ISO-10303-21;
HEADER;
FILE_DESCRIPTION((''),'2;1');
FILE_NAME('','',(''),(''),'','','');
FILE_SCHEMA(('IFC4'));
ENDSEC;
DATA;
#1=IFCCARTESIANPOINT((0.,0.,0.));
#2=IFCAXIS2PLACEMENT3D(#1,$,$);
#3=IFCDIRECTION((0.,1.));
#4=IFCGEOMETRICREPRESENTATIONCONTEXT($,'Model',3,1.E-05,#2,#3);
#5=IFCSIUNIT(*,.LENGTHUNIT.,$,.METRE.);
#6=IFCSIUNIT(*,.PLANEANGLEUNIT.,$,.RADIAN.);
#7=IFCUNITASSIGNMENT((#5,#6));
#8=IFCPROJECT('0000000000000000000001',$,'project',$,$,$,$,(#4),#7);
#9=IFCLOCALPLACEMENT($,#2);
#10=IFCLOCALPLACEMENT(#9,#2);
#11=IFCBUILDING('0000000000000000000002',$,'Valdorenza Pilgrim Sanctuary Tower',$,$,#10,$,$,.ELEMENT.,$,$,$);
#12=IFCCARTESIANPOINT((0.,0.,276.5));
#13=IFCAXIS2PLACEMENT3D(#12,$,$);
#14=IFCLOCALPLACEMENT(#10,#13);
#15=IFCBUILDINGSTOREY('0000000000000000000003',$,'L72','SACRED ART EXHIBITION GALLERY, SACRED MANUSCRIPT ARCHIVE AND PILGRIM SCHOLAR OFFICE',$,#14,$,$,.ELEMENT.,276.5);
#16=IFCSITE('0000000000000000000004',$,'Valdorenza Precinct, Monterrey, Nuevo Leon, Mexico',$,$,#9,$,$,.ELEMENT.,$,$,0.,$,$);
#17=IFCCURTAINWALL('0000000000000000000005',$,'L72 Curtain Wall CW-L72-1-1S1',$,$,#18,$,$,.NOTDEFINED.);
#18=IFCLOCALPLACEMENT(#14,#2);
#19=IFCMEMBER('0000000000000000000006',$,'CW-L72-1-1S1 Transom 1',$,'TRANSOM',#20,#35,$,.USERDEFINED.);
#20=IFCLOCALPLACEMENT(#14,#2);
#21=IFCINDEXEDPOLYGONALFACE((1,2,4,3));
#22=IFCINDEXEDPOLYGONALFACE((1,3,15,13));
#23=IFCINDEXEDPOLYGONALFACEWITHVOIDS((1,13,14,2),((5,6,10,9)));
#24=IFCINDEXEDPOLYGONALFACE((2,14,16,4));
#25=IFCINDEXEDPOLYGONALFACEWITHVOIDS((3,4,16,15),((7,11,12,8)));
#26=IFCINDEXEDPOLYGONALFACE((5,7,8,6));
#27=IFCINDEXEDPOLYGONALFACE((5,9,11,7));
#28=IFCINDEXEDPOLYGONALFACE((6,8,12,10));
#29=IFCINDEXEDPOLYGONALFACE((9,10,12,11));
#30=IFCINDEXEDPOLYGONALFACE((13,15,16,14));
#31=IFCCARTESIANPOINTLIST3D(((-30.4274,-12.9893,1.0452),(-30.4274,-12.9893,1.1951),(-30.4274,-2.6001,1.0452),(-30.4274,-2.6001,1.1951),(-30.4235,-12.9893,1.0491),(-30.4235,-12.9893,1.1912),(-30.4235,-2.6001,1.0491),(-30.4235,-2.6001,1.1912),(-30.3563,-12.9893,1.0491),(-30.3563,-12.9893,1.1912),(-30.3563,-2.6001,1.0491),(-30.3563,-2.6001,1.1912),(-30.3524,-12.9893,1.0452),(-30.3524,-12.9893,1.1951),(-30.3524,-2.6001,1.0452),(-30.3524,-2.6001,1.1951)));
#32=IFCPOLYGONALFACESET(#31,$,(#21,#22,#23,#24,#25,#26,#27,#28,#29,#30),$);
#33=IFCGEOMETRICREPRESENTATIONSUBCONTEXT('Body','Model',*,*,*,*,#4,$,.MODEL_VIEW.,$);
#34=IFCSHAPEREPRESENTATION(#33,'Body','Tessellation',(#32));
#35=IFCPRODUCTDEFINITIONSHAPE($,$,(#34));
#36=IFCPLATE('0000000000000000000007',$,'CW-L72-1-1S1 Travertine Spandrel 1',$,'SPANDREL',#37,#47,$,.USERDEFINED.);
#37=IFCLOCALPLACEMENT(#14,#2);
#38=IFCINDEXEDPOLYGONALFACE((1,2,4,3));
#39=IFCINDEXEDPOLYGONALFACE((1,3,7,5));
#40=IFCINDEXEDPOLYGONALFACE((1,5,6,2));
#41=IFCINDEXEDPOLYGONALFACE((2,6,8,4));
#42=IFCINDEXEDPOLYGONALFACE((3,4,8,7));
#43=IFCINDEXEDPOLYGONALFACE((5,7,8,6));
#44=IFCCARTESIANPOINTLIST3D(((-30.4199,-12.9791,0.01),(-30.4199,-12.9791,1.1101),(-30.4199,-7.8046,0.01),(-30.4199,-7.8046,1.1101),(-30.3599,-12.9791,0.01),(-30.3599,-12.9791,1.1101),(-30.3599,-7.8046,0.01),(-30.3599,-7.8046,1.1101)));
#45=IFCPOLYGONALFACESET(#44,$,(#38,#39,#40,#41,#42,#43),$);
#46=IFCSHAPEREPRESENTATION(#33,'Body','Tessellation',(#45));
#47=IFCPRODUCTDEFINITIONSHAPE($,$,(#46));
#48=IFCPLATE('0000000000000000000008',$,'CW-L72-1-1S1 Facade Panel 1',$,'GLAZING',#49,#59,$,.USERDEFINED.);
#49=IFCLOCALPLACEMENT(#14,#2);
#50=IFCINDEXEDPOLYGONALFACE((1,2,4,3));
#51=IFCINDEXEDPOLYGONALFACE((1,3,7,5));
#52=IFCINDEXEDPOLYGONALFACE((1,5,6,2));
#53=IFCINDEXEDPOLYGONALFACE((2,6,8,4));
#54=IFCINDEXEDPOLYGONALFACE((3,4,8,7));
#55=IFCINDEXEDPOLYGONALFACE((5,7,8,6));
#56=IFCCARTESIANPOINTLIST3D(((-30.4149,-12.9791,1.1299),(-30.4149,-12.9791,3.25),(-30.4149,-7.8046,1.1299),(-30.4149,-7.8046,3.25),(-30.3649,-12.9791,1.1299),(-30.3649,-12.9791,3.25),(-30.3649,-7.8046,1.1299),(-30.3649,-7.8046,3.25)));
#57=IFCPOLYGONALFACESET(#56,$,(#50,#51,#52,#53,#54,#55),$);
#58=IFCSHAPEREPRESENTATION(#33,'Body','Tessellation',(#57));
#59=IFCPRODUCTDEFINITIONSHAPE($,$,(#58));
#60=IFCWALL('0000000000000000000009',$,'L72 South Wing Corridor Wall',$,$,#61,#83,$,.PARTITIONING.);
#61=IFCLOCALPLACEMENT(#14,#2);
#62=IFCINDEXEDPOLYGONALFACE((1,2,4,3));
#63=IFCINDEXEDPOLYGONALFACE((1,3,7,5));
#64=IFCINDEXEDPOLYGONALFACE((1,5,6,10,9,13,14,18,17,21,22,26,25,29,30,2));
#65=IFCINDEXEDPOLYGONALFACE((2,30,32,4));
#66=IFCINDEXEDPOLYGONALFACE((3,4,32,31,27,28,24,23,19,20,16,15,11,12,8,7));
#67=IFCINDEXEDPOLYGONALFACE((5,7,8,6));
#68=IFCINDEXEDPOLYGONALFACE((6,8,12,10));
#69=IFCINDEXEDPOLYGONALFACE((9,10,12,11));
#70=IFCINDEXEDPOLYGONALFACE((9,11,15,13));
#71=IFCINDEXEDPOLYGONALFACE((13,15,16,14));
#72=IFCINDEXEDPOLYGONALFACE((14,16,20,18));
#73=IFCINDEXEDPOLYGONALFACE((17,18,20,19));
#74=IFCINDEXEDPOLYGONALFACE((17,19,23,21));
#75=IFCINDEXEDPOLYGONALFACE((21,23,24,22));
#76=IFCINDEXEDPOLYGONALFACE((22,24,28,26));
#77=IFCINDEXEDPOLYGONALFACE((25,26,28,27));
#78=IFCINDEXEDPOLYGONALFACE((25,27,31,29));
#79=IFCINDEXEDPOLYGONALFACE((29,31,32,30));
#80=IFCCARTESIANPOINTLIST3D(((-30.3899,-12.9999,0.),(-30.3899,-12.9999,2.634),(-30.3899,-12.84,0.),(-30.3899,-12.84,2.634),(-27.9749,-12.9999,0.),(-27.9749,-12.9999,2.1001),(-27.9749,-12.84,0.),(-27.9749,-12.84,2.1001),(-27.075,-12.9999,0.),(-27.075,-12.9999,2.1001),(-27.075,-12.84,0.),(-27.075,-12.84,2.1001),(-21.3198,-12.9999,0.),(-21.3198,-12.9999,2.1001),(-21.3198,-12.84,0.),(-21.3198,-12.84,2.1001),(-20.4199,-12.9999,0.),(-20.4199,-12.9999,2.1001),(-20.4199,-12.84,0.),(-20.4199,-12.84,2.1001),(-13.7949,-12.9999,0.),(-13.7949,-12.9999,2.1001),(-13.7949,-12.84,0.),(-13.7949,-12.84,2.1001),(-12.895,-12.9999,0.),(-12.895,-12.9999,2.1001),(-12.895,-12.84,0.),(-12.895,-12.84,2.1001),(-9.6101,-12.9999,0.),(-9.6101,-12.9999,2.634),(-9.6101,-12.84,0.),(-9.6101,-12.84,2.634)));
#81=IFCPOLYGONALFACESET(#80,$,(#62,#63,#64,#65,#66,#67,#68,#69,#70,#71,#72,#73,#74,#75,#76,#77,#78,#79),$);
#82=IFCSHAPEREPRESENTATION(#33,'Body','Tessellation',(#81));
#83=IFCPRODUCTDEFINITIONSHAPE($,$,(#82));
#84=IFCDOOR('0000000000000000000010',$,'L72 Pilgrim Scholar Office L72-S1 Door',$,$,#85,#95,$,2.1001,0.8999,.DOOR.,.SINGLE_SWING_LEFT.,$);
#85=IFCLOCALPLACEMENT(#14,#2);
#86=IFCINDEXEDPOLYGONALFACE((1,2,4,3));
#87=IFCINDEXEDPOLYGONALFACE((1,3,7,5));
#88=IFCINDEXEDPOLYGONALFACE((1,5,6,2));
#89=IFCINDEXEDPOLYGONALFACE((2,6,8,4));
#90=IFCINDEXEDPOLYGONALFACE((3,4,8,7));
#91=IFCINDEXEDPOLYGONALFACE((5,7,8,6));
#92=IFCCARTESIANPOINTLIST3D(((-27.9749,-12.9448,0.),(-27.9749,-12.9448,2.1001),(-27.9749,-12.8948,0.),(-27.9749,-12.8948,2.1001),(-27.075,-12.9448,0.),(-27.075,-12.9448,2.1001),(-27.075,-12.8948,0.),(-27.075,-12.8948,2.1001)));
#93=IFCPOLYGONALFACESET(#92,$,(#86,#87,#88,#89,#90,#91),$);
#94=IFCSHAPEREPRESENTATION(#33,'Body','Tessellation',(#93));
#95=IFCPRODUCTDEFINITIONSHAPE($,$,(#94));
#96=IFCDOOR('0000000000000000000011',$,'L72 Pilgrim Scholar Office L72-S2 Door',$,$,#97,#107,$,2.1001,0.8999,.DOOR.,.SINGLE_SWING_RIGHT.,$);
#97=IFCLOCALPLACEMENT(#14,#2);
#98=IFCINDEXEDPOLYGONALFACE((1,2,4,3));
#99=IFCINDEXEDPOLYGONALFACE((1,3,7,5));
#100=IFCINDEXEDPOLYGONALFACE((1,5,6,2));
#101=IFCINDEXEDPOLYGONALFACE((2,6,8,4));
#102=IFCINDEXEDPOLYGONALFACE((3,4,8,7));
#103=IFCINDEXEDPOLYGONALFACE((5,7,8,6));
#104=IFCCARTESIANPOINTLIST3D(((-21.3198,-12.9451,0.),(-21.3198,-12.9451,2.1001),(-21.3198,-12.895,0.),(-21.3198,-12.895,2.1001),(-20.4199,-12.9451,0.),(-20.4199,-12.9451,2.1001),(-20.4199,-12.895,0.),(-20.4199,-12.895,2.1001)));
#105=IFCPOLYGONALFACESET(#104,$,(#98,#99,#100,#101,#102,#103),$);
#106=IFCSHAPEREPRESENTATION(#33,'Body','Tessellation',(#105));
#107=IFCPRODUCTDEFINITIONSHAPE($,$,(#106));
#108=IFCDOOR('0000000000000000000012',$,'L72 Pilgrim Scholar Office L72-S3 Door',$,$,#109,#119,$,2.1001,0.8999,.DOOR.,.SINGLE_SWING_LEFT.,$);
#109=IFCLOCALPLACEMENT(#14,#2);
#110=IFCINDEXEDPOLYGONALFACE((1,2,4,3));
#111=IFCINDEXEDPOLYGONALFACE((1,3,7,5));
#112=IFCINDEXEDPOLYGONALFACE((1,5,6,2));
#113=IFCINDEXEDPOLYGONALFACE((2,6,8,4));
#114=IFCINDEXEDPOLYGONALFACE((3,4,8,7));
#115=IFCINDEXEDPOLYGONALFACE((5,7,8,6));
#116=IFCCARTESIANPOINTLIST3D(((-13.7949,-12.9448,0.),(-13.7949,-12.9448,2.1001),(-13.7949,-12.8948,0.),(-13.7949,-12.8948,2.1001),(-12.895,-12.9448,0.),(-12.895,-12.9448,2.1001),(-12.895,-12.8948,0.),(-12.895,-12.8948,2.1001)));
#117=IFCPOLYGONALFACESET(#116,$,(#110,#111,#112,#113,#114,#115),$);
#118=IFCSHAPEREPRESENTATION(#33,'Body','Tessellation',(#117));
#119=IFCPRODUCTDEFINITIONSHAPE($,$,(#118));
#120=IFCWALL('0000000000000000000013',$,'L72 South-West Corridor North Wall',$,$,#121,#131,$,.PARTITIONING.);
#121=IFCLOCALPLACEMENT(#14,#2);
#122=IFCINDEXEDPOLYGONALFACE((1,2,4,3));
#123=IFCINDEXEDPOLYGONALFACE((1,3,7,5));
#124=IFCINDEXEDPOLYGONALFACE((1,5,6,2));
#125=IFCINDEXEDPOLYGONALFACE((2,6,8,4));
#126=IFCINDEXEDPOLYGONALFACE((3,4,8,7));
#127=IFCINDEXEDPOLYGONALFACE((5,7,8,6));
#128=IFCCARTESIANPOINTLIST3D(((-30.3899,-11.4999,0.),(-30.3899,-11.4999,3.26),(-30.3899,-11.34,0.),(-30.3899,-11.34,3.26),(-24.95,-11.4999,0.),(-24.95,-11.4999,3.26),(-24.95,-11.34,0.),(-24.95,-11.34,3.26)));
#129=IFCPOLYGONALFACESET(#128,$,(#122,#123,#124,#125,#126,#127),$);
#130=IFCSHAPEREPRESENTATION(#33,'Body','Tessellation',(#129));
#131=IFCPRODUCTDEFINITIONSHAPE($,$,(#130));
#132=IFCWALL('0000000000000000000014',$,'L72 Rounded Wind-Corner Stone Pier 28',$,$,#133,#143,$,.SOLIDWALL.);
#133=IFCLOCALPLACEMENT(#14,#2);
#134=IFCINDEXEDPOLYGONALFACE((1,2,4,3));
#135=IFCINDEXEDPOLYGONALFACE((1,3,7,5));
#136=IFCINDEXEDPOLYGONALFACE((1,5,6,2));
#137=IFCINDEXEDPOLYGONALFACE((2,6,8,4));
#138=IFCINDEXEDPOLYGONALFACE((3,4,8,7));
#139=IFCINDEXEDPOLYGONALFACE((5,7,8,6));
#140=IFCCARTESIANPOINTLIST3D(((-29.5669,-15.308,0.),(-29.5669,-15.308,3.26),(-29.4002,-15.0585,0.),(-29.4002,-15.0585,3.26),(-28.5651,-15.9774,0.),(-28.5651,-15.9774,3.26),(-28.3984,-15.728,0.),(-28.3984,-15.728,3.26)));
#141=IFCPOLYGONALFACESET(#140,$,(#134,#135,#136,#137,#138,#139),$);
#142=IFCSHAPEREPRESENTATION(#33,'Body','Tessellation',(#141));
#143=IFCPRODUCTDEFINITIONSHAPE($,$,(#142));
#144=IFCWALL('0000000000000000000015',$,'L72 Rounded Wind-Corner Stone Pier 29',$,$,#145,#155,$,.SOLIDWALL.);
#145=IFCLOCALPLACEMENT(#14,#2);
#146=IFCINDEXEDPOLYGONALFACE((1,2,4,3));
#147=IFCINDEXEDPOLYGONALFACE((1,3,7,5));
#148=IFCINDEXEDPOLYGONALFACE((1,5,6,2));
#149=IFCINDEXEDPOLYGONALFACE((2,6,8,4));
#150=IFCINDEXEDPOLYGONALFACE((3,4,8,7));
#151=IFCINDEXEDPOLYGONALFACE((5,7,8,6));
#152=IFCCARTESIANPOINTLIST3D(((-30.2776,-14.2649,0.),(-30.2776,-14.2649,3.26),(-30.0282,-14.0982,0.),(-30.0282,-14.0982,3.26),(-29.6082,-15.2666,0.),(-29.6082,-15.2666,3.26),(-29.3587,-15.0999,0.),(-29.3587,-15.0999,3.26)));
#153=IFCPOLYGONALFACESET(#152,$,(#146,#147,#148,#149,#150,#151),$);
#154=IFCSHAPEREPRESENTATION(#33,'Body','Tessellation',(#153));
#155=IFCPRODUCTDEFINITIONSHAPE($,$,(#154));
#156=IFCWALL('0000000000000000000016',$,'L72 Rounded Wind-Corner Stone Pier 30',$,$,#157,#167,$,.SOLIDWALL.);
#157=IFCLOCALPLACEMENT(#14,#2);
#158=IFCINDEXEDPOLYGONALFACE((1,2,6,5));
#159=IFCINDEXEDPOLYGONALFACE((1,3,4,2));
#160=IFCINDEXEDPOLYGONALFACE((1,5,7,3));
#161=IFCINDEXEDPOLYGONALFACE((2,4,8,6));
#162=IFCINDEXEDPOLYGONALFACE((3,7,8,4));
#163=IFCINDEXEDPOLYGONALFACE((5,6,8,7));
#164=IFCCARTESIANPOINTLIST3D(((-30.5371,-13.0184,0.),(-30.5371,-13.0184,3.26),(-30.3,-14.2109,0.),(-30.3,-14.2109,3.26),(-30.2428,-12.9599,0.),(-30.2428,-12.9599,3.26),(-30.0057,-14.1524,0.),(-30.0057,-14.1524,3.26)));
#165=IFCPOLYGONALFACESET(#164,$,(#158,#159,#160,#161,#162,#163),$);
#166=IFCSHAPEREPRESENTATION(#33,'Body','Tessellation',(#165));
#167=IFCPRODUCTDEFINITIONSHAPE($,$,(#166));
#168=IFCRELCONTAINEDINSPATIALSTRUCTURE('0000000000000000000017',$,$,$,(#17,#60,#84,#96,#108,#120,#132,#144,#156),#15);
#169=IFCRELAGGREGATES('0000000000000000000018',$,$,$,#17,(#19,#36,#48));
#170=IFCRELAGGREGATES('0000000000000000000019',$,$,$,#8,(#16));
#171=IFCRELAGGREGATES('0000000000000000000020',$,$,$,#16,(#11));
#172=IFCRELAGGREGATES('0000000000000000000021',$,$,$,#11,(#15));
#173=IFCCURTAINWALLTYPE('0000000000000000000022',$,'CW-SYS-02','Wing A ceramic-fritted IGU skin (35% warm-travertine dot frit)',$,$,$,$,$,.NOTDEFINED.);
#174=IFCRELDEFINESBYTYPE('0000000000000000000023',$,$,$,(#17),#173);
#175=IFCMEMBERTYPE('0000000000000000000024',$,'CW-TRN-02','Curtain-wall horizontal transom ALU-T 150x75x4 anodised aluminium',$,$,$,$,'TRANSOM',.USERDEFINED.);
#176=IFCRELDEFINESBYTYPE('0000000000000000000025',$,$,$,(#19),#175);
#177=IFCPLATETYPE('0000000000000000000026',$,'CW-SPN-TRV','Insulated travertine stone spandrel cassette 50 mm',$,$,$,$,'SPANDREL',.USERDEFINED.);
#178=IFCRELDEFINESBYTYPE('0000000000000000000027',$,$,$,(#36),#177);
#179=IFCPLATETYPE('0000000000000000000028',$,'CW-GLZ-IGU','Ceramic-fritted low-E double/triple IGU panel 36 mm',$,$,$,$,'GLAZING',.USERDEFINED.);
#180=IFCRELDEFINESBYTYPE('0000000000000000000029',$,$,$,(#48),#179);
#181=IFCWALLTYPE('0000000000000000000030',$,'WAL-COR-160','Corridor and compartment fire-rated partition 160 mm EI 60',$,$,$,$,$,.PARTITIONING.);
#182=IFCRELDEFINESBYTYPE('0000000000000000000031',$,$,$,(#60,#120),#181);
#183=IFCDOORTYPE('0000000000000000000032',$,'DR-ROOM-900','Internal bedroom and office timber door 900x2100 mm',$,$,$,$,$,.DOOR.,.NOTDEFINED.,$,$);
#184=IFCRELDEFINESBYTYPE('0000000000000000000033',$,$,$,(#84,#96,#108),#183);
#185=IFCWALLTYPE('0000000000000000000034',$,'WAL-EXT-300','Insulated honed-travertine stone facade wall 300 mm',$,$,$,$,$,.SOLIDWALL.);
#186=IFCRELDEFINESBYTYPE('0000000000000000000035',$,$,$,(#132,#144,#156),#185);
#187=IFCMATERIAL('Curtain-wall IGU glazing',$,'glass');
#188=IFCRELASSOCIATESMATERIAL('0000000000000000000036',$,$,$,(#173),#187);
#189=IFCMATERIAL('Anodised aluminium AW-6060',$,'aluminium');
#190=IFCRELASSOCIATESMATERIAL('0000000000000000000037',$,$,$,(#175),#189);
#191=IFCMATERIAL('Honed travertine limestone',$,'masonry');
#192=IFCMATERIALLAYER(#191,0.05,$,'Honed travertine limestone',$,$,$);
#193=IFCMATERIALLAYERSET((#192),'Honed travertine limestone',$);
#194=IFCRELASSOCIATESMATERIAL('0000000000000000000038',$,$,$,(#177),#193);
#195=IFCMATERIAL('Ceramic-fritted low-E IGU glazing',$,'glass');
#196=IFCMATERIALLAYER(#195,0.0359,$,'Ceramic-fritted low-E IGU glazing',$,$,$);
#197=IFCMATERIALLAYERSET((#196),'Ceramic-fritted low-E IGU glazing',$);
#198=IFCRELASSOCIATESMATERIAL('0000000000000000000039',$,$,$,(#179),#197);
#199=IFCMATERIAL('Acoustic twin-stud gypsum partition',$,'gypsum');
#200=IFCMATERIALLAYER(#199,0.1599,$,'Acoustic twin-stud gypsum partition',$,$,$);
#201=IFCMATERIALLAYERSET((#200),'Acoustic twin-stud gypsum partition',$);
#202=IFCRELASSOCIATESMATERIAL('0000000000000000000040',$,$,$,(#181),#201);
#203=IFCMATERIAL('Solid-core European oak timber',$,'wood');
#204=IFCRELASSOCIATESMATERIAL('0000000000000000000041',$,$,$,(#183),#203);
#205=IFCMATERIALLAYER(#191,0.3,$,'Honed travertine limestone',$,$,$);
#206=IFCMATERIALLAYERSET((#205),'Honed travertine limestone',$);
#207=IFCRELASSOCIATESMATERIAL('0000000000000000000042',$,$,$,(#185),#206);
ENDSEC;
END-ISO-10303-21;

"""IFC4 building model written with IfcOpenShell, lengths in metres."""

from ifc_helpers import new_model, si_unit, direction, frame, frame_2d, origin, origin_2d, place, context, subcontext, project, spatial, rectangle, hollow_rectangle, extrude, source, transform, mapped, material, layer, layer_set, material_profile, profile_set, type_object, element, fill, aggregate, save


model = new_model("IFC4")

# Units and contexts
model_context = context("Model", 3, precision=1e-05, world=origin(), true_north=direction((0.0, 1.0)))
body_context = subcontext(model_context, "Body", "Model", "MODEL_VIEW")
ifc_project = project(units=[si_unit("LENGTHUNIT", "METRE"), si_unit("PLANEANGLEUNIT", "RADIAN")], contexts=[model_context])

# Site, building, storey
site_placement = place(None, origin())
site = spatial("IfcSite", under=ifc_project, at=site_placement, Name="Valdorenza Precinct, Monterrey, Nuevo Leon, Mexico", CompositionType="ELEMENT", RefElevation=0.0)
building_placement = place(site_placement, origin())
building = spatial("IfcBuilding", under=site, at=building_placement, Name="Valdorenza Pilgrim Sanctuary Tower", CompositionType="ELEMENT")
storey_placement = place(building_placement, frame((0.0, 0.0, 276.5)))
storey = spatial("IfcBuildingStorey", under=building, at=storey_placement, Name="L72", Description="SACRED ART EXHIBITION GALLERY, SACRED MANUSCRIPT ARCHIVE AND PILGRIM SCHOLAR OFFICE", CompositionType="ELEMENT", Elevation=276.5)

# Curtain wall, member, plates
ifc_material_1 = material(Name="Curtain-wall IGU glazing", Category="glass")
curtain_wall_type = type_object("IfcCurtainWallType", Name="CW-SYS-02", Description="Wing A ceramic-fritted IGU skin (35% warm-travertine dot frit)", PredefinedType="NOTDEFINED", material=ifc_material_1)
curtain_wall_placement = place(storey_placement, origin())
curtain_wall = element("IfcCurtainWall", 1, at=curtain_wall_placement, inside=storey, type_object=curtain_wall_type, Name="L72 Curtain Wall CW-L72-1-1S1", PredefinedType="NOTDEFINED")
ifc_material_2 = material(Name="Anodised aluminium AW-6060", Category="aluminium")
ifc_material_profile_1 = material_profile(ifc_material_2, hollow_rectangle(XDim=0.075, YDim=0.1499, WallThickness=0.0039, at=origin_2d()), Name="ALU-T 150x75x4")
ifc_profile_set_1 = profile_set([ifc_material_profile_1], Name="Anodised aluminium AW-6060")
member_type_1 = type_object("IfcMemberType", Name="CW-TRN-02", Description="Curtain-wall horizontal transom ALU-T 150x75x4 anodised aluminium", ElementType="TRANSOM", PredefinedType="USERDEFINED", material=ifc_profile_set_1)
shared_shape_1 = source(origin(), body_context, "Body", "SweptSolid", [
    extrude(hollow_rectangle(XDim=0.075, YDim=0.1499, WallThickness=0.0039, at=origin_2d()), origin(), (0.0, 0.0, 1.0), 10.3892),
])
member_1_placement = place(storey_placement, frame((-30.3899, -12.9893, 1.1201), z_axis=(0.0, 1.0, 0.0), x_axis=(-1.0, 0.0, 0.0)))
member_1 = element("IfcMember", 2, at=member_1_placement, type_object=member_type_1, Name="CW-L72-1-1S1 Transom 1", ObjectType="TRANSOM", PredefinedType="USERDEFINED", context=body_context, shape_type="MappedRepresentation", body=[
    mapped(shared_shape_1, transform((0.0, 0.0, 0.0), x_axis=(1.0, 0.0, 0.0), y_axis=(0.0, 1.0, 0.0), z_axis=(0.0, 0.0, 1.0), scale=1.0)),
])
ifc_material_3 = material(Name="Honed travertine limestone", Category="masonry")
ifc_layer_1 = layer(ifc_material_3, 0.05, Name="Honed travertine limestone")
ifc_layer_set_1 = layer_set([ifc_layer_1], Name="Honed travertine limestone")
plate_type_1 = type_object("IfcPlateType", Name="CW-SPN-TRV", Description="Insulated travertine stone spandrel cassette 50 mm", ElementType="SPANDREL", PredefinedType="USERDEFINED", material=ifc_layer_set_1)
shared_shape_2 = source(origin(), body_context, "Body", "SweptSolid", [
    extrude(rectangle(XDim=5.1746, YDim=0.0601, at=origin_2d()), origin(), (0.0, 0.0, 1.0), 1.1001),
])
plate_1_placement = place(storey_placement, frame((-30.3899, -10.3918, 0.01), z_axis=(0.0, 0.0, 1.0), x_axis=(0.0, 1.0, 0.0)))
plate_1 = element("IfcPlate", 3, at=plate_1_placement, type_object=plate_type_1, Name="CW-L72-1-1S1 Travertine Spandrel 1", ObjectType="SPANDREL", PredefinedType="USERDEFINED", context=body_context, shape_type="MappedRepresentation", body=[
    mapped(shared_shape_2, transform((0.0, 0.0, 0.0), x_axis=(1.0, 0.0, 0.0), y_axis=(0.0, 1.0, 0.0), z_axis=(0.0, 0.0, 1.0), scale=1.0)),
])
ifc_material_4 = material(Name="Ceramic-fritted low-E IGU glazing", Category="glass")
ifc_layer_2 = layer(ifc_material_4, 0.0359, Name="Ceramic-fritted low-E IGU glazing")
ifc_layer_set_2 = layer_set([ifc_layer_2], Name="Ceramic-fritted low-E IGU glazing")
plate_type_2 = type_object("IfcPlateType", Name="CW-GLZ-IGU", Description="Ceramic-fritted low-E double/triple IGU panel 36 mm", ElementType="GLAZING", PredefinedType="USERDEFINED", material=ifc_layer_set_2)
shared_shape_3 = source(origin(), body_context, "Body", "SweptSolid", [
    extrude(rectangle(XDim=5.1746, YDim=0.05, at=origin_2d()), origin(), (0.0, 0.0, 1.0), 2.1201),
])
plate_2_placement = place(storey_placement, frame((-30.3899, -10.3918, 1.1299), z_axis=(0.0, 0.0, 1.0), x_axis=(0.0, 1.0, 0.0)))
plate_2 = element("IfcPlate", 4, at=plate_2_placement, type_object=plate_type_2, Name="CW-L72-1-1S1 Facade Panel 1", ObjectType="GLAZING", PredefinedType="USERDEFINED", context=body_context, shape_type="MappedRepresentation", body=[
    mapped(shared_shape_3, transform((0.0, 0.0, 0.0), x_axis=(1.0, 0.0, 0.0), y_axis=(0.0, 1.0, 0.0), z_axis=(0.0, 0.0, 1.0), scale=1.0)),
])
aggregate(curtain_wall, [member_1, plate_1, plate_2])

# Wall, openings, doors
ifc_material_5 = material(Name="Acoustic twin-stud gypsum partition", Category="gypsum")
ifc_layer_3 = layer(ifc_material_5, 0.1599, Name="Acoustic twin-stud gypsum partition")
ifc_layer_set_3 = layer_set([ifc_layer_3], Name="Acoustic twin-stud gypsum partition")
wall_type_1 = type_object("IfcWallType", Name="WAL-COR-160", Description="Corridor and compartment fire-rated partition 160 mm EI 60", PredefinedType="PARTITIONING", material=ifc_layer_set_3)
wall_1_placement = place(storey_placement, frame((-30.3899, -12.9199, 0.0), z_axis=(0.0, 0.0, 1.0), x_axis=(1.0, 0.0, 0.0)))
wall_1 = element("IfcWall", 5, at=wall_1_placement, inside=storey, type_object=wall_type_1, Name="L72 South Wing Corridor Wall", PredefinedType="PARTITIONING", context=body_context, shape_type="SweptSolid", body=[
    extrude(rectangle(XDim=20.7798, YDim=0.1599, at=frame_2d((10.3899, 0.0))), origin(), (0.0, 0.0, 1.0), 2.634),
])
opening_1_placement = place(wall_1_placement, frame((2.415, 0.0, 0.0)))
opening_1 = element("IfcOpeningElement", 6, at=opening_1_placement, cuts=wall_1, PredefinedType="OPENING", context=body_context, shape_type="SweptSolid", body=[
    extrude(rectangle(XDim=0.8999, YDim=2.1001, at=frame_2d((0.45, 1.05))), frame((0.0, 0.0947, 0.0), z_axis=(0.0, -1.0, 0.0), x_axis=(1.0, 0.0, 0.0)), (0.0, 0.0, 1.0), 0.1897),
])
opening_2_placement = place(wall_1_placement, frame((9.0701, 0.0, 0.0)))
opening_2 = element("IfcOpeningElement", 7, at=opening_2_placement, cuts=wall_1, PredefinedType="OPENING", context=body_context, shape_type="SweptSolid", body=[
    extrude(rectangle(XDim=0.8999, YDim=2.1001, at=frame_2d((0.45, 1.05))), frame((0.0, 0.0947, 0.0), z_axis=(0.0, -1.0, 0.0), x_axis=(1.0, 0.0, 0.0)), (0.0, 0.0, 1.0), 0.1897),
])
opening_3_placement = place(wall_1_placement, frame((16.595, 0.0, 0.0)))
opening_3 = element("IfcOpeningElement", 8, at=opening_3_placement, cuts=wall_1, PredefinedType="OPENING", context=body_context, shape_type="SweptSolid", body=[
    extrude(rectangle(XDim=0.8999, YDim=2.1001, at=frame_2d((0.45, 1.05))), frame((0.0, 0.0947, 0.0), z_axis=(0.0, -1.0, 0.0), x_axis=(1.0, 0.0, 0.0)), (0.0, 0.0, 1.0), 0.1897),
])
ifc_material_6 = material(Name="Solid-core European oak timber", Category="wood")
door_type = type_object("IfcDoorType", Name="DR-ROOM-900", Description="Internal bedroom and office timber door 900x2100 mm", OperationType="NOTDEFINED", PredefinedType="DOOR", material=ifc_material_6)
door_1_placement = place(opening_1_placement, frame((0.8999, 0.0, 0.0), z_axis=(0.0, 0.0, 1.0), x_axis=(-1.0, 0.0, 0.0)))
door_1 = element("IfcDoor", 9, at=door_1_placement, inside=storey, type_object=door_type, Name="L72 Pilgrim Scholar Office L72-S1 Door", OperationType="SINGLE_SWING_LEFT", OverallHeight=2.1001, OverallWidth=0.8999, PredefinedType="DOOR", context=body_context, shape_type="SweptSolid", body=[
    extrude(rectangle(XDim=0.8999, YDim=2.1001, at=frame_2d((0.45, 1.05))), frame((0.0, 0.0249, 0.0), z_axis=(0.0, -1.0, 0.0), x_axis=(1.0, 0.0, 0.0)), (0.0, 0.0, 1.0), 0.05),
])
fill(opening_1, door_1)
door_2_placement = place(opening_2_placement, origin())
door_2 = element("IfcDoor", 10, at=door_2_placement, inside=storey, type_object=door_type, Name="L72 Pilgrim Scholar Office L72-S2 Door", OperationType="SINGLE_SWING_RIGHT", OverallHeight=2.1001, OverallWidth=0.8999, PredefinedType="DOOR", context=body_context, shape_type="SweptSolid", body=[
    extrude(rectangle(XDim=0.8999, YDim=2.1001, at=frame_2d((0.45, 1.05))), frame((0.0, 0.0249, 0.0), z_axis=(0.0, -1.0, 0.0), x_axis=(1.0, 0.0, 0.0)), (0.0, 0.0, 1.0), 0.05),
])
fill(opening_2, door_2)
door_3_placement = place(opening_3_placement, frame((0.8999, 0.0, 0.0), z_axis=(0.0, 0.0, 1.0), x_axis=(-1.0, 0.0, 0.0)))
door_3 = element("IfcDoor", 11, at=door_3_placement, inside=storey, type_object=door_type, Name="L72 Pilgrim Scholar Office L72-S3 Door", OperationType="SINGLE_SWING_LEFT", OverallHeight=2.1001, OverallWidth=0.8999, PredefinedType="DOOR", context=body_context, shape_type="SweptSolid", body=[
    extrude(rectangle(XDim=0.8999, YDim=2.1001, at=frame_2d((0.45, 1.05))), frame((0.0, 0.0249, 0.0), z_axis=(0.0, -1.0, 0.0), x_axis=(1.0, 0.0, 0.0)), (0.0, 0.0, 1.0), 0.05),
])
fill(opening_3, door_3)

# Walls
wall_2_placement = place(storey_placement, frame((-30.3899, -11.4199, 0.0), z_axis=(0.0, 0.0, 1.0), x_axis=(1.0, 0.0, 0.0)))
element("IfcWall", 12, at=wall_2_placement, inside=storey, type_object=wall_type_1, Name="L72 South-West Corridor North Wall", PredefinedType="PARTITIONING", context=body_context, shape_type="SweptSolid", body=[
    extrude(rectangle(XDim=5.4399, YDim=0.1599, at=frame_2d((2.72, 0.0))), origin(), (0.0, 0.0, 1.0), 3.26),
])
ifc_layer_4 = layer(ifc_material_3, 0.3, Name="Honed travertine limestone")
ifc_layer_set_4 = layer_set([ifc_layer_4], Name="Honed travertine limestone")
wall_type_2 = type_object("IfcWallType", Name="WAL-EXT-300", Description="Insulated honed-travertine stone facade wall 300 mm", PredefinedType="SOLIDWALL", material=ifc_layer_set_4)
for number, where, z_axis, x_axis, name in (
    (13, (-28.4817, -15.8528, 0.0), (0.0, 0.0, 1.0), (-0.831426, 0.555635, 0.0), "L72 Rounded Wind-Corner Stone Pier 28"),
    (14, (-29.4834, -15.1833, 0.0), (0.0, 0.0, 1.0), (-0.555635, 0.831426, 0.0), "L72 Rounded Wind-Corner Stone Pier 29"),
):
    element("IfcWall", number, at=place(storey_placement, frame(where, z_axis=z_axis, x_axis=x_axis)), inside=storey, type_object=wall_type_2, Name=name, PredefinedType="SOLIDWALL", context=body_context, shape_type="SweptSolid", body=[
        extrude(rectangle(XDim=1.2048, YDim=0.3, at=frame_2d((0.6025, 0.0))), origin(), (0.0, 0.0, 1.0), 3.26),
    ])
wall_3_placement = place(storey_placement, frame((-30.1528, -14.1816, 0.0), z_axis=(0.0, 0.0, 1.0), x_axis=(-0.194996, 0.980804, 0.0)))
element("IfcWall", 15, at=wall_3_placement, inside=storey, type_object=wall_type_2, Name="L72 Rounded Wind-Corner Stone Pier 30", PredefinedType="SOLIDWALL", context=body_context, shape_type="SweptSolid", body=[
    extrude(rectangle(XDim=1.2158, YDim=0.3, at=frame_2d((0.6079, 0.0))), origin(), (0.0, 0.0, 1.0), 3.26),
])

save(model, "model.ifc")
